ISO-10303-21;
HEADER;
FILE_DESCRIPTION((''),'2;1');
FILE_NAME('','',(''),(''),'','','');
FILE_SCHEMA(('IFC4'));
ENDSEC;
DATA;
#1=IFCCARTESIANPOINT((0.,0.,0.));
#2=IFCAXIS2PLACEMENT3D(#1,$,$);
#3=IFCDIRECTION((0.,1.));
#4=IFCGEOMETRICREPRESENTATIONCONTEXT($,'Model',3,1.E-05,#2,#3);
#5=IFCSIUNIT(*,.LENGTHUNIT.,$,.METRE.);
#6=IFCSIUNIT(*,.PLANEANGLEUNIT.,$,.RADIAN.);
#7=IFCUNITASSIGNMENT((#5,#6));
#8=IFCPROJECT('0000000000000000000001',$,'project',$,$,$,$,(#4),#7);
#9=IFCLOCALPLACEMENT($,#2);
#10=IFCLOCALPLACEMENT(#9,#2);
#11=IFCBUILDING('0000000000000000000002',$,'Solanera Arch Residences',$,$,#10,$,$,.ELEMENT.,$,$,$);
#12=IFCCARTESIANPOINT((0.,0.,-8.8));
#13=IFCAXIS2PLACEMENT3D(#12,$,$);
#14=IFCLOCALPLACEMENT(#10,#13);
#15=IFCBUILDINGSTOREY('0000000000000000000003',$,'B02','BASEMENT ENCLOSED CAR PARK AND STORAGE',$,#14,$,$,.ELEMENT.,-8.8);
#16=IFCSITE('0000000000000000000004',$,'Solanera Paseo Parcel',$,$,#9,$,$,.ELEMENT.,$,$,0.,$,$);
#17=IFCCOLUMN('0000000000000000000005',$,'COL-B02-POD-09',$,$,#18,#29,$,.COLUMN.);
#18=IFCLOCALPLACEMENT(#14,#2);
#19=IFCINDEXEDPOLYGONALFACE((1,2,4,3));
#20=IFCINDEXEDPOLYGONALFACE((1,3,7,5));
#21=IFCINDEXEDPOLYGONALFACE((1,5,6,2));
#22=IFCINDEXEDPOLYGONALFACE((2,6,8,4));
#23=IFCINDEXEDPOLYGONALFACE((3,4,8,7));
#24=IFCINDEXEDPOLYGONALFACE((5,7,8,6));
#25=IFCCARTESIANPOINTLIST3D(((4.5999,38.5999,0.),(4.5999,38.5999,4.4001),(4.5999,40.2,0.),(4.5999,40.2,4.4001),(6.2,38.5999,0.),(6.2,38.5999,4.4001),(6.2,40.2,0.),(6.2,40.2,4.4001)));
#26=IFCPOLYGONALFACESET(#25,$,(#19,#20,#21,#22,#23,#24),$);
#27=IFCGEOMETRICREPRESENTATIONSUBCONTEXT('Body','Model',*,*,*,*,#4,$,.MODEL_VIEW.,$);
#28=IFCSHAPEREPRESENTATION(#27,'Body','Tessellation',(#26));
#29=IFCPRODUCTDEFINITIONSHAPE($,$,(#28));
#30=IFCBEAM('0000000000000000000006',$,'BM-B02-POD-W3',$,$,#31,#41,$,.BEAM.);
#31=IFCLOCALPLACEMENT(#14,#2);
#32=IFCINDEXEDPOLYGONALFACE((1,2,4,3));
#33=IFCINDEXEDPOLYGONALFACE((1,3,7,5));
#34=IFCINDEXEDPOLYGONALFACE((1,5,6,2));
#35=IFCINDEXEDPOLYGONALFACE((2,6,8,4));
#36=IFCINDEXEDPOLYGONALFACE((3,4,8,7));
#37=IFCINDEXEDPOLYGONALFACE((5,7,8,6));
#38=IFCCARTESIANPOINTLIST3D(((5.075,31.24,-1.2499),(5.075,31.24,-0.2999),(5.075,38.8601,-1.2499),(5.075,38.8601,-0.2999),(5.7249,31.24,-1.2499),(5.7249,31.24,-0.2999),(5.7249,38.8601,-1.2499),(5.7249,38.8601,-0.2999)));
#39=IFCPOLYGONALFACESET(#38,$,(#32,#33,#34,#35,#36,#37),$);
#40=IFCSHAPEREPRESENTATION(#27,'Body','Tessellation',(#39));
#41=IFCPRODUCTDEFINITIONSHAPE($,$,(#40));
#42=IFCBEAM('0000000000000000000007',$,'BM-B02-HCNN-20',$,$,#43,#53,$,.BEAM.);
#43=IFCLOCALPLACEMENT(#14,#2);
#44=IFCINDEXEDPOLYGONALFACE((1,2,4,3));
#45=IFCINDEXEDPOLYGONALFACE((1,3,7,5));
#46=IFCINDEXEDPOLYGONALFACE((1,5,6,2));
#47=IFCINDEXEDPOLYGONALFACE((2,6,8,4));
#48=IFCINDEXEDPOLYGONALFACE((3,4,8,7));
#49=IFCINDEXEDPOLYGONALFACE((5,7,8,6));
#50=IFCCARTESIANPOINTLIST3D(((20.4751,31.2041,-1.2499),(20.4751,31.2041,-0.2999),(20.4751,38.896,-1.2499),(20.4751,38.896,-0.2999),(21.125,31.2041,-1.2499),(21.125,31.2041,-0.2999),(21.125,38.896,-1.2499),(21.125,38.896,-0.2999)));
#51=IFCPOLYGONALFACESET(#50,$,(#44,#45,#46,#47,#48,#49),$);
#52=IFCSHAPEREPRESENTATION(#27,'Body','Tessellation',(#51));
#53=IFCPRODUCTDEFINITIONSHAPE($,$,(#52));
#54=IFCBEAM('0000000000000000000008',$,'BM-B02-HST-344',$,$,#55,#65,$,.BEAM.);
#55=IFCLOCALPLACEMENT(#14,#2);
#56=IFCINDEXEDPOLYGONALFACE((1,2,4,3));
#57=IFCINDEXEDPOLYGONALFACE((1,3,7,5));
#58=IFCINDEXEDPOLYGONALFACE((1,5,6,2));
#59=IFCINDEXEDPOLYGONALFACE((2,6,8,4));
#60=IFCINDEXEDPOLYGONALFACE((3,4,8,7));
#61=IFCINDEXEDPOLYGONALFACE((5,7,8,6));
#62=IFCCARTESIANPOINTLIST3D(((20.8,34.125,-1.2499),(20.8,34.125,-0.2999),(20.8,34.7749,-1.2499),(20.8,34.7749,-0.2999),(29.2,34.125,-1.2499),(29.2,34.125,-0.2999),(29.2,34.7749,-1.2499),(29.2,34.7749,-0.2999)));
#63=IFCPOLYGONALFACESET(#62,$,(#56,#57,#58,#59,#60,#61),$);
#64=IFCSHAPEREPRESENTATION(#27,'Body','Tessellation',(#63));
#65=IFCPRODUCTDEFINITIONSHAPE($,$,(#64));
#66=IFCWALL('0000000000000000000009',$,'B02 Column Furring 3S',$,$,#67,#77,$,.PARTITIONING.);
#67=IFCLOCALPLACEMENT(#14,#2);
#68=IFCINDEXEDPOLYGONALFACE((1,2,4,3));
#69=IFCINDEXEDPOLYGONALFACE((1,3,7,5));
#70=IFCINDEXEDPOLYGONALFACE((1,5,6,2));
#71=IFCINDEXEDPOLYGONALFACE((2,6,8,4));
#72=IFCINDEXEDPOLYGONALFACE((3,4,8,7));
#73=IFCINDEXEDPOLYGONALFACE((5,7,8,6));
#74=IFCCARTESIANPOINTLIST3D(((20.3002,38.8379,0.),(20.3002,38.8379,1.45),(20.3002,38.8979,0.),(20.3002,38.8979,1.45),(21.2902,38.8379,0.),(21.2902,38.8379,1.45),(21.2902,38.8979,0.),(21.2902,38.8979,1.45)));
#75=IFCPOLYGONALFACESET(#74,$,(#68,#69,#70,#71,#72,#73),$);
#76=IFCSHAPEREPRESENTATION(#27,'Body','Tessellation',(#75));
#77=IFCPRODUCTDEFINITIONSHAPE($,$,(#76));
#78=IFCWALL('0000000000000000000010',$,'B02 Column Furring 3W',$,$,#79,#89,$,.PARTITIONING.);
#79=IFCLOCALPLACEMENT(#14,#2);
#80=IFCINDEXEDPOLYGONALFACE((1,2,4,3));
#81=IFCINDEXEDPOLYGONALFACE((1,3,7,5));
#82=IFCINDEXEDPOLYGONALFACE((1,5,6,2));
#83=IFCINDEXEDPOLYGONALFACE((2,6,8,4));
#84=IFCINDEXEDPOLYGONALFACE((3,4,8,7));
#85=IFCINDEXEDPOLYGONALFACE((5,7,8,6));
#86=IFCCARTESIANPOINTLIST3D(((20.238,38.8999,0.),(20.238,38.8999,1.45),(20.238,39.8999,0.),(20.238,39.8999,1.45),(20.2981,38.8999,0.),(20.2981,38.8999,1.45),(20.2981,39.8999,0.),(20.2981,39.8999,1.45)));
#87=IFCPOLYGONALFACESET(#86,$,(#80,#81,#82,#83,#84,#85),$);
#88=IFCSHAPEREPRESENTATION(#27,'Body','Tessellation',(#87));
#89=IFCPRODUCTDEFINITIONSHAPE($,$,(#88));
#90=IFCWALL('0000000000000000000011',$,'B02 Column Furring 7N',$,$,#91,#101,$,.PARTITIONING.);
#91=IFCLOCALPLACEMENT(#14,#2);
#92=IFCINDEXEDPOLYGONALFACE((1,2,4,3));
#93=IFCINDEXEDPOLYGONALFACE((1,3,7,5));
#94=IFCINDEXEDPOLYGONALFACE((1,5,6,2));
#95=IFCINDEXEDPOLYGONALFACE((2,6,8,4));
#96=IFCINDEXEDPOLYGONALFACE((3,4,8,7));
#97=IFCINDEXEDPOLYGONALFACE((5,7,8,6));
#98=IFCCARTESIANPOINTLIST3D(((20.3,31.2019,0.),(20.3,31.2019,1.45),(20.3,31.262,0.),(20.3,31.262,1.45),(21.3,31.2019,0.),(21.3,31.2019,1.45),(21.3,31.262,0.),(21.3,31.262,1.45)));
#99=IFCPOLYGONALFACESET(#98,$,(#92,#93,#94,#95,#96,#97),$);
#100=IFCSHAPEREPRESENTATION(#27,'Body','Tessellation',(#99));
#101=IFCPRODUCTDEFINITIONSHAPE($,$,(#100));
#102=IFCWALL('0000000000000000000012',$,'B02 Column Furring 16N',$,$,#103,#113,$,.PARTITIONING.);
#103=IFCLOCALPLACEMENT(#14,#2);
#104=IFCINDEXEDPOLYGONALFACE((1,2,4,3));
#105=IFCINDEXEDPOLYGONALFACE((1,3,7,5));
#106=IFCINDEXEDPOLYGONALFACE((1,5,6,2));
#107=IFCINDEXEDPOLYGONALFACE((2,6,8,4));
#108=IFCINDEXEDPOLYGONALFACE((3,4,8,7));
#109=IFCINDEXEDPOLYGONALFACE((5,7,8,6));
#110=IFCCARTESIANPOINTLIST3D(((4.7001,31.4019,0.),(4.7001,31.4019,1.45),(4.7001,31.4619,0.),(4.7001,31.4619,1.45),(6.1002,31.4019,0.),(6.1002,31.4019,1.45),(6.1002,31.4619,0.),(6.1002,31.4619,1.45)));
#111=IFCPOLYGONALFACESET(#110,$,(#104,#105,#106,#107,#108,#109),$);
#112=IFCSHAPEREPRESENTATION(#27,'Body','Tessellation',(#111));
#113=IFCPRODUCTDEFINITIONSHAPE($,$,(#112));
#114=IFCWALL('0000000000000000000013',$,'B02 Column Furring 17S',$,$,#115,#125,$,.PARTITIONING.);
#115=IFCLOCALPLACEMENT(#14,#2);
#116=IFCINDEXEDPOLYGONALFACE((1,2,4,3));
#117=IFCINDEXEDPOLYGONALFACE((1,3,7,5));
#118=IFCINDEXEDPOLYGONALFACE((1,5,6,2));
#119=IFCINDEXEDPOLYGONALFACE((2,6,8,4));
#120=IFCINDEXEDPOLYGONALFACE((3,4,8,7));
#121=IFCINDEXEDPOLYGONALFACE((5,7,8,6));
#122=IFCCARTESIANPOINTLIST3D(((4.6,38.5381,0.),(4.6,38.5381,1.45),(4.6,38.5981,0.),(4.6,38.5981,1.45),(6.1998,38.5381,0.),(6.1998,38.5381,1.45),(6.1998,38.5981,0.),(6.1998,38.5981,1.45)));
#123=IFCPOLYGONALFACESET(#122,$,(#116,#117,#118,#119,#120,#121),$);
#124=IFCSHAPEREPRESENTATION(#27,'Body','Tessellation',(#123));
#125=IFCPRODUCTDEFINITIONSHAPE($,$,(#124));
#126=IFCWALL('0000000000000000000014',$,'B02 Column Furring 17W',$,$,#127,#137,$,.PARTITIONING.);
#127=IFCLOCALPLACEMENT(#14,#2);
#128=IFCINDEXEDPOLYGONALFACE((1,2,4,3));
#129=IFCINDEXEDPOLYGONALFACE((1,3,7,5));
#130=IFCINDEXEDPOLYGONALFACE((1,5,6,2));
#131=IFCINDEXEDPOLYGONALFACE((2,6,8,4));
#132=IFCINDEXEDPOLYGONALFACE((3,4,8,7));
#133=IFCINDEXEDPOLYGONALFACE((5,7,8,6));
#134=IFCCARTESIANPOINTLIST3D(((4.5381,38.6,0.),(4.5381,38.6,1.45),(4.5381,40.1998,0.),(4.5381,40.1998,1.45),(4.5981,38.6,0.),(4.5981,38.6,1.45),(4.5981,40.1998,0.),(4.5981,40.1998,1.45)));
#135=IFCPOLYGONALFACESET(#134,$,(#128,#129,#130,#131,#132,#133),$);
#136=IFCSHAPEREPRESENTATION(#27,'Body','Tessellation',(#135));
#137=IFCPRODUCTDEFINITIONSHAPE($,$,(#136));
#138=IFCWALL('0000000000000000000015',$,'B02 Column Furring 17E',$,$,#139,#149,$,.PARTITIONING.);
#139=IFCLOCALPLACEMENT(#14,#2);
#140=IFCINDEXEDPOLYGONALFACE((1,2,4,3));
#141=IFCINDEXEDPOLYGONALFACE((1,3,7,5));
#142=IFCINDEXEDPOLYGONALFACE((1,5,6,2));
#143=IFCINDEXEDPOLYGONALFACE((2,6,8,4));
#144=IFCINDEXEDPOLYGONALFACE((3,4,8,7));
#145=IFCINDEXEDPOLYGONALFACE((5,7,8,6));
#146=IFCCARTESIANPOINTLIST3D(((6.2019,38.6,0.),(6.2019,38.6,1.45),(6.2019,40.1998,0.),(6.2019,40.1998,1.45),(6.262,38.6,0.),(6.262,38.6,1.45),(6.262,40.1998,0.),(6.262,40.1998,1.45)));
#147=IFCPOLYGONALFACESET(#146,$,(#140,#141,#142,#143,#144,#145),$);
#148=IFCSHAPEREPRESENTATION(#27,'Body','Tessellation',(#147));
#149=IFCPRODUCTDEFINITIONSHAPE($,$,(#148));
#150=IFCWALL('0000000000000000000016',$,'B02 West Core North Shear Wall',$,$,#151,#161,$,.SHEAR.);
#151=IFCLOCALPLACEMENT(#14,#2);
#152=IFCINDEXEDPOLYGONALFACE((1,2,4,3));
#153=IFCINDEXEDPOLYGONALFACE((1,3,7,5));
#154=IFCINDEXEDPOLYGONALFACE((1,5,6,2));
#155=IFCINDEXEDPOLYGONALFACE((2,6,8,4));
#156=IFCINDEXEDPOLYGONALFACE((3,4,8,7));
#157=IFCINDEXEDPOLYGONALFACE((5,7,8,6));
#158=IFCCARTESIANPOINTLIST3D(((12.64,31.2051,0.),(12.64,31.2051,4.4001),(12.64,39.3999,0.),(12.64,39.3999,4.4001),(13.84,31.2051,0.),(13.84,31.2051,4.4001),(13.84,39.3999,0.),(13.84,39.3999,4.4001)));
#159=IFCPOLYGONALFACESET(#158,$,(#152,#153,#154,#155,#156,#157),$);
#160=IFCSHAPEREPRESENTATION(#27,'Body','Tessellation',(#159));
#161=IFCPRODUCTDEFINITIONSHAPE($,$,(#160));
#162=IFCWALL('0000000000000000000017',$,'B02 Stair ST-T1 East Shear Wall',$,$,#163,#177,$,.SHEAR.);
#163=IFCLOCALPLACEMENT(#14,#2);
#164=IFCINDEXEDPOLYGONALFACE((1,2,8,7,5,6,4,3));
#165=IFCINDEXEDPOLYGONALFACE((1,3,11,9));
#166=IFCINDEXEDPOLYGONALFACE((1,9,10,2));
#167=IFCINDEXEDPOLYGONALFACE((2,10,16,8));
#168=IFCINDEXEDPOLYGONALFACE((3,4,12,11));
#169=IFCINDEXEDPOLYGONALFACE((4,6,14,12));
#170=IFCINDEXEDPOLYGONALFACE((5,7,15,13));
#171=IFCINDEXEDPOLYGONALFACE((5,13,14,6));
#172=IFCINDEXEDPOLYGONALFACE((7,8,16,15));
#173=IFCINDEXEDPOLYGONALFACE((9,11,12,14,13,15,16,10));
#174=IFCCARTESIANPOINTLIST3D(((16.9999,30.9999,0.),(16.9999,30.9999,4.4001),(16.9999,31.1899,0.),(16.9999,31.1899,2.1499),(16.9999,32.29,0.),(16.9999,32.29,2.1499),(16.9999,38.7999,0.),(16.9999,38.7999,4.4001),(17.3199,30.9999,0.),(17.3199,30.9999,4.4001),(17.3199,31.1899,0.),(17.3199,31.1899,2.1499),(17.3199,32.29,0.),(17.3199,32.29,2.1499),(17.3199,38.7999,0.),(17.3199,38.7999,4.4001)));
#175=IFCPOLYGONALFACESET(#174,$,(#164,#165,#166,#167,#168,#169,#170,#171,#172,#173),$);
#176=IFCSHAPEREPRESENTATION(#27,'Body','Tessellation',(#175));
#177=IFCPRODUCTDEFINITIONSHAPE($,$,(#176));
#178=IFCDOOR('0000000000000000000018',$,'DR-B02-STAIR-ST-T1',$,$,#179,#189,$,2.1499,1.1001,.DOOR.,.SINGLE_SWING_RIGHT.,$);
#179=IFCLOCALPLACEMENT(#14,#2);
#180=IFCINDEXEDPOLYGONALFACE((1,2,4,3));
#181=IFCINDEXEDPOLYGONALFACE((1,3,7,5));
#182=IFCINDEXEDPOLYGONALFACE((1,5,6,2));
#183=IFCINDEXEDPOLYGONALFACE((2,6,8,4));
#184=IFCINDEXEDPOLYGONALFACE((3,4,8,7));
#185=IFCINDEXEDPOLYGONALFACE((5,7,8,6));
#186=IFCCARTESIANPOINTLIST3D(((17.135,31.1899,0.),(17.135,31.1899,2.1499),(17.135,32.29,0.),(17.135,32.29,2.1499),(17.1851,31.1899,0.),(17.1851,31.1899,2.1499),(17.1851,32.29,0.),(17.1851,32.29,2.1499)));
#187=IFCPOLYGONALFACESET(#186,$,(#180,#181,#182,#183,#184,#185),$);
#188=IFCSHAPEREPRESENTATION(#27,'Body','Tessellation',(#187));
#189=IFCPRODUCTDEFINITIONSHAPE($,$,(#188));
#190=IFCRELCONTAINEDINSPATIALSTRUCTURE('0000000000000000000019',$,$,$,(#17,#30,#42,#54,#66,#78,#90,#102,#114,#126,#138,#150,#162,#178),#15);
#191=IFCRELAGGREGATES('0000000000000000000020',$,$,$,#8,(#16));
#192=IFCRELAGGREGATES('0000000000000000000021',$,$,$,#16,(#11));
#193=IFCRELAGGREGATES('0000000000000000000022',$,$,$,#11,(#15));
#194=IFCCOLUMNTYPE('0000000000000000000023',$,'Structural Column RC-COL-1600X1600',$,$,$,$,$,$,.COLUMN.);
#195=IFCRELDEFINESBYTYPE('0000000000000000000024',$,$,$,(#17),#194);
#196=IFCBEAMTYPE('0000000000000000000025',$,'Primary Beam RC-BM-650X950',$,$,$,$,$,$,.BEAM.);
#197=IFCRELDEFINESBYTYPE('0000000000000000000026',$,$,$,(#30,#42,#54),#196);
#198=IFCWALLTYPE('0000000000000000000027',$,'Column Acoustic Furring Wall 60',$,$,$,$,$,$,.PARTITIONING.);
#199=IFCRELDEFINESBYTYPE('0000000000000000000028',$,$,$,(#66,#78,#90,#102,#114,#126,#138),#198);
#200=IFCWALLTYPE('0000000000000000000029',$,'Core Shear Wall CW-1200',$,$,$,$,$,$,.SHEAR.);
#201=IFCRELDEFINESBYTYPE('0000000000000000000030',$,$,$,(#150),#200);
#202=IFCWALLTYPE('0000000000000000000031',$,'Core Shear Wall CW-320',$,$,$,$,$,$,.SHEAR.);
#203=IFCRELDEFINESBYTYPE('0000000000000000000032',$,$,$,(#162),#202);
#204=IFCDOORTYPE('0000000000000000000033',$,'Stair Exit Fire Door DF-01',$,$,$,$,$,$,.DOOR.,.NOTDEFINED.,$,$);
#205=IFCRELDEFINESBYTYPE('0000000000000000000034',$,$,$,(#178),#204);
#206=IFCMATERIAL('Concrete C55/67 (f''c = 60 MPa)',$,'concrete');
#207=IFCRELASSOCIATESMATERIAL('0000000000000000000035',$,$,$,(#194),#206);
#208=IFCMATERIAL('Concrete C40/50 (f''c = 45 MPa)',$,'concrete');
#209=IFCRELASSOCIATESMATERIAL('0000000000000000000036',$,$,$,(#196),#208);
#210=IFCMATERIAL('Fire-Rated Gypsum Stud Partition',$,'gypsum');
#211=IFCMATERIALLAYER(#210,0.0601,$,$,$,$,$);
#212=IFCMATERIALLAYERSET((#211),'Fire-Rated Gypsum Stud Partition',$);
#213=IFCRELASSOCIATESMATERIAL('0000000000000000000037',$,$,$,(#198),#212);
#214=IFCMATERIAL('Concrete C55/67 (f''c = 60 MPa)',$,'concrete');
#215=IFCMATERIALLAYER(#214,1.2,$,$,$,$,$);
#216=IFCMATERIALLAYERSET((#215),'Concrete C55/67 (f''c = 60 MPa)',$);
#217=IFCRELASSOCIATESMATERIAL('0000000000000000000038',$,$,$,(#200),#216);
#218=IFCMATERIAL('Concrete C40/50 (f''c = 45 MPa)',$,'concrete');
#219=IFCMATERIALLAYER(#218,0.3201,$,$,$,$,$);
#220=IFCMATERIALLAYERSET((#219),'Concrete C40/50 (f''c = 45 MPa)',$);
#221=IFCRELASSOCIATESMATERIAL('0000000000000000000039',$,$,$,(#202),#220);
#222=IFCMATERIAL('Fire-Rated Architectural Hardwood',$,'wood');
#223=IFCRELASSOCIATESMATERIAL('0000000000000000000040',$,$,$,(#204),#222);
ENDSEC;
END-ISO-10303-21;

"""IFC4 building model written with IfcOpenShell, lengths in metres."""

from ifc_helpers import new_model, si_unit, direction, frame, frame_2d, origin, origin_2d, place, context, subcontext, project, spatial, rectangle, extrude, material, layer, layer_set, material_profile, profile_set, type_object, element, fill, save


model = new_model("IFC4")

# Units and contexts
model_context = context("Model", 3, precision=1e-05, world=origin(), true_north=direction((0.0, 1.0)))
body_context = subcontext(model_context, "Body", "Model", "MODEL_VIEW")
ifc_project = project(units=[si_unit("LENGTHUNIT", "METRE"), si_unit("PLANEANGLEUNIT", "RADIAN")], contexts=[model_context])

# Site, building, storey
site_placement = place(None, origin())
site = spatial("IfcSite", under=ifc_project, at=site_placement, Name="Solanera Paseo Parcel", CompositionType="ELEMENT", RefElevation=0.0)
building_placement = place(site_placement, origin())
building = spatial("IfcBuilding", under=site, at=building_placement, Name="Solanera Arch Residences", CompositionType="ELEMENT")
storey_placement = place(building_placement, frame((0.0, 0.0, -8.8)))
storey = spatial("IfcBuildingStorey", under=building, at=storey_placement, Name="B02", Description="BASEMENT ENCLOSED CAR PARK AND STORAGE", CompositionType="ELEMENT", Elevation=-8.8)

# Column
ifc_material_1 = material(Name="Concrete C55/67 (f'c = 60 MPa)", Category="concrete")
ifc_material_profile_1 = material_profile(ifc_material_1, rectangle(XDim=1.6001, YDim=1.6001, at=origin_2d()))
ifc_profile_set_1 = profile_set([ifc_material_profile_1], Name="Concrete C55/67 (f'c = 60 MPa)")
column_type = type_object("IfcColumnType", Name="Structural Column RC-COL-1600X1600", PredefinedType="COLUMN", material=ifc_profile_set_1)
column_placement = place(storey_placement, frame((5.3999, 39.3999, 0.0), z_axis=(0.0, 0.0, 1.0), x_axis=(1.0, 0.0, 0.0)))
element("IfcColumn", 1, at=column_placement, inside=storey, type_object=column_type, Name="COL-B02-POD-09", PredefinedType="COLUMN", context=body_context, shape_type="SweptSolid", body=[
    extrude(rectangle(XDim=1.6001, YDim=1.6001, at=origin_2d()), origin(), (0.0, 0.0, 1.0), 4.4001),
])

# Beams
ifc_material_2 = material(Name="Concrete C40/50 (f'c = 45 MPa)", Category="concrete")
ifc_material_profile_2 = material_profile(ifc_material_2, rectangle(XDim=0.6499, YDim=0.95, at=origin_2d()))
ifc_profile_set_2 = profile_set([ifc_material_profile_2], Name="Concrete C40/50 (f'c = 45 MPa)")
beam_type = type_object("IfcBeamType", Name="Primary Beam RC-BM-650X950", PredefinedType="BEAM", material=ifc_profile_set_2)
beam_1_placement = place(storey_placement, frame((5.3999, 31.24, -0.7749), z_axis=(0.0, 1.0, 0.0), x_axis=(-1.0, 0.0, 0.0)))
element("IfcBeam", 2, at=beam_1_placement, inside=storey, type_object=beam_type, Name="BM-B02-POD-W3", PredefinedType="BEAM", context=body_context, shape_type="SweptSolid", body=[
    extrude(rectangle(XDim=0.6499, YDim=0.95, at=origin_2d()), origin(), (0.0, 0.0, 1.0), 7.6201),
])
beam_2_placement = place(storey_placement, frame((20.8, 31.2041, -0.7749), z_axis=(0.0, 1.0, 0.0), x_axis=(-1.0, 0.0, 0.0)))
element("IfcBeam", 3, at=beam_2_placement, inside=storey, type_object=beam_type, Name="BM-B02-HCNN-20", PredefinedType="BEAM", context=body_context, shape_type="SweptSolid", body=[
    extrude(rectangle(XDim=0.6499, YDim=0.95, at=origin_2d()), origin(), (0.0, 0.0, 1.0), 7.6919),
])
beam_3_placement = place(storey_placement, frame((20.8, 34.45, -0.7749), z_axis=(1.0, 0.0, 0.0), x_axis=(0.0, 1.0, 0.0)))
element("IfcBeam", 4, at=beam_3_placement, inside=storey, type_object=beam_type, Name="BM-B02-HST-344", PredefinedType="BEAM", context=body_context, shape_type="SweptSolid", body=[
    extrude(rectangle(XDim=0.6499, YDim=0.95, at=origin_2d()), origin(), (0.0, 0.0, 1.0), 8.3999),
])

# Walls
ifc_material_3 = material(Name="Fire-Rated Gypsum Stud Partition", Category="gypsum")
ifc_layer_1 = layer(ifc_material_3, 0.0601)
ifc_layer_set_1 = layer_set([ifc_layer_1], Name="Fire-Rated Gypsum Stud Partition")
wall_type_1 = type_object("IfcWallType", Name="Column Acoustic Furring Wall 60", PredefinedType="PARTITIONING", material=ifc_layer_set_1)
wall_1_placement = place(storey_placement, frame((20.3, 38.8679, 0.0), z_axis=(0.0, 0.0, 1.0), x_axis=(1.0, 0.0, 0.0)))
element("IfcWall", 5, at=wall_1_placement, inside=storey, type_object=wall_type_1, Name="B02 Column Furring 3S", PredefinedType="PARTITIONING", context=body_context, shape_type="SweptSolid", body=[
    extrude(rectangle(XDim=0.99, YDim=0.0601, at=frame_2d((0.4951, 0.0))), origin(), (0.0, 0.0, 1.0), 1.45),
])
for number, where, z_axis, x_axis, name in (
    (6, (20.2681, 38.8999, 0.0), (0.0, 0.0, 1.0), (0.0, 1.0, 0.0), "B02 Column Furring 3W"),
    (7, (20.3, 31.2319, 0.0), (0.0, 0.0, 1.0), (1.0, 0.0, 0.0), "B02 Column Furring 7N"),
):
    element("IfcWall", number, at=place(storey_placement, frame(where, z_axis=z_axis, x_axis=x_axis)), inside=storey, type_object=wall_type_1, Name=name, PredefinedType="PARTITIONING", context=body_context, shape_type="SweptSolid", body=[
        extrude(rectangle(XDim=1.0, YDim=0.0601, at=frame_2d((0.5, 0.0))), origin(), (0.0, 0.0, 1.0), 1.45),
    ])
wall_2_placement = place(storey_placement, frame((4.7, 31.4319, 0.0), z_axis=(0.0, 0.0, 1.0), x_axis=(1.0, 0.0, 0.0)))
element("IfcWall", 8, at=wall_2_placement, inside=storey, type_object=wall_type_1, Name="B02 Column Furring 16N", PredefinedType="PARTITIONING", context=body_context, shape_type="SweptSolid", body=[
    extrude(rectangle(XDim=1.4001, YDim=0.0601, at=frame_2d((0.7002, 0.0))), origin(), (0.0, 0.0, 1.0), 1.45),
])
for number, where, z_axis, x_axis, name in (
    (9, (4.6001, 38.5681, 0.0), (0.0, 0.0, 1.0), (1.0, 0.0, 0.0), "B02 Column Furring 17S"),
    (10, (4.5681, 38.6001, 0.0), (0.0, 0.0, 1.0), (0.0, 1.0, 0.0), "B02 Column Furring 17W"),
    (11, (6.2319, 38.6001, 0.0), (0.0, 0.0, 1.0), (0.0, 1.0, 0.0), "B02 Column Furring 17E"),
):
    element("IfcWall", number, at=place(storey_placement, frame(where, z_axis=z_axis, x_axis=x_axis)), inside=storey, type_object=wall_type_1, Name=name, PredefinedType="PARTITIONING", context=body_context, shape_type="SweptSolid", body=[
        extrude(rectangle(XDim=1.5999, YDim=0.0601, at=frame_2d((0.7998, 0.0))), origin(), (0.0, 0.0, 1.0), 1.45),
    ])
ifc_material_4 = material(Name="Concrete C55/67 (f'c = 60 MPa)", Category="concrete")
ifc_layer_2 = layer(ifc_material_4, 1.2)
ifc_layer_set_2 = layer_set([ifc_layer_2], Name="Concrete C55/67 (f'c = 60 MPa)")
wall_type_2 = type_object("IfcWallType", Name="Core Shear Wall CW-1200", PredefinedType="SHEAR", material=ifc_layer_set_2)
wall_3_placement = place(storey_placement, frame((13.24, 31.2051, 0.0), z_axis=(0.0, 0.0, 1.0), x_axis=(0.0, 1.0, 0.0)))
element("IfcWall", 12, at=wall_3_placement, inside=storey, type_object=wall_type_2, Name="B02 West Core North Shear Wall", PredefinedType="SHEAR", context=body_context, shape_type="SweptSolid", body=[
    extrude(rectangle(XDim=8.1948, YDim=1.2, at=frame_2d((4.0974, 0.0))), origin(), (0.0, 0.0, 1.0), 4.4001),
])

# Wall, opening, door
ifc_material_5 = material(Name="Concrete C40/50 (f'c = 45 MPa)", Category="concrete")
ifc_layer_3 = layer(ifc_material_5, 0.3201)
ifc_layer_set_3 = layer_set([ifc_layer_3], Name="Concrete C40/50 (f'c = 45 MPa)")
wall_type_3 = type_object("IfcWallType", Name="Core Shear Wall CW-320", PredefinedType="SHEAR", material=ifc_layer_set_3)
wall_4_placement = place(storey_placement, frame((17.1599, 31.0, 0.0), z_axis=(0.0, 0.0, 1.0), x_axis=(0.0, 1.0, 0.0)))
wall_4 = element("IfcWall", 13, at=wall_4_placement, inside=storey, type_object=wall_type_3, Name="B02 Stair ST-T1 East Shear Wall", PredefinedType="SHEAR", context=body_context, shape_type="SweptSolid", body=[
    extrude(rectangle(XDim=7.8, YDim=0.3201, at=frame_2d((3.8999, 0.0))), origin(), (0.0, 0.0, 1.0), 4.4001),
])
opening_1_placement = place(wall_4_placement, frame((0.1899, 0.0, 0.0)))
opening_1 = element("IfcOpeningElement", 14, at=opening_1_placement, cuts=wall_4, PredefinedType="OPENING", context=body_context, shape_type="SweptSolid", body=[
    extrude(rectangle(XDim=1.1001, YDim=2.1499, at=frame_2d((0.55, 1.075))), frame((0.0, 0.1699, 0.0), z_axis=(0.0, -1.0, 0.0), x_axis=(1.0, 0.0, 0.0)), (0.0, 0.0, 1.0), 0.3401),
])
ifc_material_6 = material(Name="Fire-Rated Architectural Hardwood", Category="wood")
door_type_1 = type_object("IfcDoorType", Name="Stair Exit Fire Door DF-01", OperationType="NOTDEFINED", PredefinedType="DOOR", material=ifc_material_6)
door_1_placement = place(opening_1_placement, origin())
door_1 = element("IfcDoor", 15, at=door_1_placement, inside=storey, type_object=door_type_1, Name="DR-B02-STAIR-ST-T1", OperationType="SINGLE_SWING_RIGHT", OverallHeight=2.1499, OverallWidth=1.1001, PredefinedType="DOOR", context=body_context, shape_type="SweptSolid", body=[
    extrude(rectangle(XDim=1.1001, YDim=2.1499, at=frame_2d((0.55, 1.075))), frame((0.0, 0.0249, 0.0), z_axis=(0.0, -1.0, 0.0), x_axis=(1.0, 0.0, 0.0)), (0.0, 0.0, 1.0), 0.05),
])
fill(opening_1, door_1)

save(model, "model.ifc")
